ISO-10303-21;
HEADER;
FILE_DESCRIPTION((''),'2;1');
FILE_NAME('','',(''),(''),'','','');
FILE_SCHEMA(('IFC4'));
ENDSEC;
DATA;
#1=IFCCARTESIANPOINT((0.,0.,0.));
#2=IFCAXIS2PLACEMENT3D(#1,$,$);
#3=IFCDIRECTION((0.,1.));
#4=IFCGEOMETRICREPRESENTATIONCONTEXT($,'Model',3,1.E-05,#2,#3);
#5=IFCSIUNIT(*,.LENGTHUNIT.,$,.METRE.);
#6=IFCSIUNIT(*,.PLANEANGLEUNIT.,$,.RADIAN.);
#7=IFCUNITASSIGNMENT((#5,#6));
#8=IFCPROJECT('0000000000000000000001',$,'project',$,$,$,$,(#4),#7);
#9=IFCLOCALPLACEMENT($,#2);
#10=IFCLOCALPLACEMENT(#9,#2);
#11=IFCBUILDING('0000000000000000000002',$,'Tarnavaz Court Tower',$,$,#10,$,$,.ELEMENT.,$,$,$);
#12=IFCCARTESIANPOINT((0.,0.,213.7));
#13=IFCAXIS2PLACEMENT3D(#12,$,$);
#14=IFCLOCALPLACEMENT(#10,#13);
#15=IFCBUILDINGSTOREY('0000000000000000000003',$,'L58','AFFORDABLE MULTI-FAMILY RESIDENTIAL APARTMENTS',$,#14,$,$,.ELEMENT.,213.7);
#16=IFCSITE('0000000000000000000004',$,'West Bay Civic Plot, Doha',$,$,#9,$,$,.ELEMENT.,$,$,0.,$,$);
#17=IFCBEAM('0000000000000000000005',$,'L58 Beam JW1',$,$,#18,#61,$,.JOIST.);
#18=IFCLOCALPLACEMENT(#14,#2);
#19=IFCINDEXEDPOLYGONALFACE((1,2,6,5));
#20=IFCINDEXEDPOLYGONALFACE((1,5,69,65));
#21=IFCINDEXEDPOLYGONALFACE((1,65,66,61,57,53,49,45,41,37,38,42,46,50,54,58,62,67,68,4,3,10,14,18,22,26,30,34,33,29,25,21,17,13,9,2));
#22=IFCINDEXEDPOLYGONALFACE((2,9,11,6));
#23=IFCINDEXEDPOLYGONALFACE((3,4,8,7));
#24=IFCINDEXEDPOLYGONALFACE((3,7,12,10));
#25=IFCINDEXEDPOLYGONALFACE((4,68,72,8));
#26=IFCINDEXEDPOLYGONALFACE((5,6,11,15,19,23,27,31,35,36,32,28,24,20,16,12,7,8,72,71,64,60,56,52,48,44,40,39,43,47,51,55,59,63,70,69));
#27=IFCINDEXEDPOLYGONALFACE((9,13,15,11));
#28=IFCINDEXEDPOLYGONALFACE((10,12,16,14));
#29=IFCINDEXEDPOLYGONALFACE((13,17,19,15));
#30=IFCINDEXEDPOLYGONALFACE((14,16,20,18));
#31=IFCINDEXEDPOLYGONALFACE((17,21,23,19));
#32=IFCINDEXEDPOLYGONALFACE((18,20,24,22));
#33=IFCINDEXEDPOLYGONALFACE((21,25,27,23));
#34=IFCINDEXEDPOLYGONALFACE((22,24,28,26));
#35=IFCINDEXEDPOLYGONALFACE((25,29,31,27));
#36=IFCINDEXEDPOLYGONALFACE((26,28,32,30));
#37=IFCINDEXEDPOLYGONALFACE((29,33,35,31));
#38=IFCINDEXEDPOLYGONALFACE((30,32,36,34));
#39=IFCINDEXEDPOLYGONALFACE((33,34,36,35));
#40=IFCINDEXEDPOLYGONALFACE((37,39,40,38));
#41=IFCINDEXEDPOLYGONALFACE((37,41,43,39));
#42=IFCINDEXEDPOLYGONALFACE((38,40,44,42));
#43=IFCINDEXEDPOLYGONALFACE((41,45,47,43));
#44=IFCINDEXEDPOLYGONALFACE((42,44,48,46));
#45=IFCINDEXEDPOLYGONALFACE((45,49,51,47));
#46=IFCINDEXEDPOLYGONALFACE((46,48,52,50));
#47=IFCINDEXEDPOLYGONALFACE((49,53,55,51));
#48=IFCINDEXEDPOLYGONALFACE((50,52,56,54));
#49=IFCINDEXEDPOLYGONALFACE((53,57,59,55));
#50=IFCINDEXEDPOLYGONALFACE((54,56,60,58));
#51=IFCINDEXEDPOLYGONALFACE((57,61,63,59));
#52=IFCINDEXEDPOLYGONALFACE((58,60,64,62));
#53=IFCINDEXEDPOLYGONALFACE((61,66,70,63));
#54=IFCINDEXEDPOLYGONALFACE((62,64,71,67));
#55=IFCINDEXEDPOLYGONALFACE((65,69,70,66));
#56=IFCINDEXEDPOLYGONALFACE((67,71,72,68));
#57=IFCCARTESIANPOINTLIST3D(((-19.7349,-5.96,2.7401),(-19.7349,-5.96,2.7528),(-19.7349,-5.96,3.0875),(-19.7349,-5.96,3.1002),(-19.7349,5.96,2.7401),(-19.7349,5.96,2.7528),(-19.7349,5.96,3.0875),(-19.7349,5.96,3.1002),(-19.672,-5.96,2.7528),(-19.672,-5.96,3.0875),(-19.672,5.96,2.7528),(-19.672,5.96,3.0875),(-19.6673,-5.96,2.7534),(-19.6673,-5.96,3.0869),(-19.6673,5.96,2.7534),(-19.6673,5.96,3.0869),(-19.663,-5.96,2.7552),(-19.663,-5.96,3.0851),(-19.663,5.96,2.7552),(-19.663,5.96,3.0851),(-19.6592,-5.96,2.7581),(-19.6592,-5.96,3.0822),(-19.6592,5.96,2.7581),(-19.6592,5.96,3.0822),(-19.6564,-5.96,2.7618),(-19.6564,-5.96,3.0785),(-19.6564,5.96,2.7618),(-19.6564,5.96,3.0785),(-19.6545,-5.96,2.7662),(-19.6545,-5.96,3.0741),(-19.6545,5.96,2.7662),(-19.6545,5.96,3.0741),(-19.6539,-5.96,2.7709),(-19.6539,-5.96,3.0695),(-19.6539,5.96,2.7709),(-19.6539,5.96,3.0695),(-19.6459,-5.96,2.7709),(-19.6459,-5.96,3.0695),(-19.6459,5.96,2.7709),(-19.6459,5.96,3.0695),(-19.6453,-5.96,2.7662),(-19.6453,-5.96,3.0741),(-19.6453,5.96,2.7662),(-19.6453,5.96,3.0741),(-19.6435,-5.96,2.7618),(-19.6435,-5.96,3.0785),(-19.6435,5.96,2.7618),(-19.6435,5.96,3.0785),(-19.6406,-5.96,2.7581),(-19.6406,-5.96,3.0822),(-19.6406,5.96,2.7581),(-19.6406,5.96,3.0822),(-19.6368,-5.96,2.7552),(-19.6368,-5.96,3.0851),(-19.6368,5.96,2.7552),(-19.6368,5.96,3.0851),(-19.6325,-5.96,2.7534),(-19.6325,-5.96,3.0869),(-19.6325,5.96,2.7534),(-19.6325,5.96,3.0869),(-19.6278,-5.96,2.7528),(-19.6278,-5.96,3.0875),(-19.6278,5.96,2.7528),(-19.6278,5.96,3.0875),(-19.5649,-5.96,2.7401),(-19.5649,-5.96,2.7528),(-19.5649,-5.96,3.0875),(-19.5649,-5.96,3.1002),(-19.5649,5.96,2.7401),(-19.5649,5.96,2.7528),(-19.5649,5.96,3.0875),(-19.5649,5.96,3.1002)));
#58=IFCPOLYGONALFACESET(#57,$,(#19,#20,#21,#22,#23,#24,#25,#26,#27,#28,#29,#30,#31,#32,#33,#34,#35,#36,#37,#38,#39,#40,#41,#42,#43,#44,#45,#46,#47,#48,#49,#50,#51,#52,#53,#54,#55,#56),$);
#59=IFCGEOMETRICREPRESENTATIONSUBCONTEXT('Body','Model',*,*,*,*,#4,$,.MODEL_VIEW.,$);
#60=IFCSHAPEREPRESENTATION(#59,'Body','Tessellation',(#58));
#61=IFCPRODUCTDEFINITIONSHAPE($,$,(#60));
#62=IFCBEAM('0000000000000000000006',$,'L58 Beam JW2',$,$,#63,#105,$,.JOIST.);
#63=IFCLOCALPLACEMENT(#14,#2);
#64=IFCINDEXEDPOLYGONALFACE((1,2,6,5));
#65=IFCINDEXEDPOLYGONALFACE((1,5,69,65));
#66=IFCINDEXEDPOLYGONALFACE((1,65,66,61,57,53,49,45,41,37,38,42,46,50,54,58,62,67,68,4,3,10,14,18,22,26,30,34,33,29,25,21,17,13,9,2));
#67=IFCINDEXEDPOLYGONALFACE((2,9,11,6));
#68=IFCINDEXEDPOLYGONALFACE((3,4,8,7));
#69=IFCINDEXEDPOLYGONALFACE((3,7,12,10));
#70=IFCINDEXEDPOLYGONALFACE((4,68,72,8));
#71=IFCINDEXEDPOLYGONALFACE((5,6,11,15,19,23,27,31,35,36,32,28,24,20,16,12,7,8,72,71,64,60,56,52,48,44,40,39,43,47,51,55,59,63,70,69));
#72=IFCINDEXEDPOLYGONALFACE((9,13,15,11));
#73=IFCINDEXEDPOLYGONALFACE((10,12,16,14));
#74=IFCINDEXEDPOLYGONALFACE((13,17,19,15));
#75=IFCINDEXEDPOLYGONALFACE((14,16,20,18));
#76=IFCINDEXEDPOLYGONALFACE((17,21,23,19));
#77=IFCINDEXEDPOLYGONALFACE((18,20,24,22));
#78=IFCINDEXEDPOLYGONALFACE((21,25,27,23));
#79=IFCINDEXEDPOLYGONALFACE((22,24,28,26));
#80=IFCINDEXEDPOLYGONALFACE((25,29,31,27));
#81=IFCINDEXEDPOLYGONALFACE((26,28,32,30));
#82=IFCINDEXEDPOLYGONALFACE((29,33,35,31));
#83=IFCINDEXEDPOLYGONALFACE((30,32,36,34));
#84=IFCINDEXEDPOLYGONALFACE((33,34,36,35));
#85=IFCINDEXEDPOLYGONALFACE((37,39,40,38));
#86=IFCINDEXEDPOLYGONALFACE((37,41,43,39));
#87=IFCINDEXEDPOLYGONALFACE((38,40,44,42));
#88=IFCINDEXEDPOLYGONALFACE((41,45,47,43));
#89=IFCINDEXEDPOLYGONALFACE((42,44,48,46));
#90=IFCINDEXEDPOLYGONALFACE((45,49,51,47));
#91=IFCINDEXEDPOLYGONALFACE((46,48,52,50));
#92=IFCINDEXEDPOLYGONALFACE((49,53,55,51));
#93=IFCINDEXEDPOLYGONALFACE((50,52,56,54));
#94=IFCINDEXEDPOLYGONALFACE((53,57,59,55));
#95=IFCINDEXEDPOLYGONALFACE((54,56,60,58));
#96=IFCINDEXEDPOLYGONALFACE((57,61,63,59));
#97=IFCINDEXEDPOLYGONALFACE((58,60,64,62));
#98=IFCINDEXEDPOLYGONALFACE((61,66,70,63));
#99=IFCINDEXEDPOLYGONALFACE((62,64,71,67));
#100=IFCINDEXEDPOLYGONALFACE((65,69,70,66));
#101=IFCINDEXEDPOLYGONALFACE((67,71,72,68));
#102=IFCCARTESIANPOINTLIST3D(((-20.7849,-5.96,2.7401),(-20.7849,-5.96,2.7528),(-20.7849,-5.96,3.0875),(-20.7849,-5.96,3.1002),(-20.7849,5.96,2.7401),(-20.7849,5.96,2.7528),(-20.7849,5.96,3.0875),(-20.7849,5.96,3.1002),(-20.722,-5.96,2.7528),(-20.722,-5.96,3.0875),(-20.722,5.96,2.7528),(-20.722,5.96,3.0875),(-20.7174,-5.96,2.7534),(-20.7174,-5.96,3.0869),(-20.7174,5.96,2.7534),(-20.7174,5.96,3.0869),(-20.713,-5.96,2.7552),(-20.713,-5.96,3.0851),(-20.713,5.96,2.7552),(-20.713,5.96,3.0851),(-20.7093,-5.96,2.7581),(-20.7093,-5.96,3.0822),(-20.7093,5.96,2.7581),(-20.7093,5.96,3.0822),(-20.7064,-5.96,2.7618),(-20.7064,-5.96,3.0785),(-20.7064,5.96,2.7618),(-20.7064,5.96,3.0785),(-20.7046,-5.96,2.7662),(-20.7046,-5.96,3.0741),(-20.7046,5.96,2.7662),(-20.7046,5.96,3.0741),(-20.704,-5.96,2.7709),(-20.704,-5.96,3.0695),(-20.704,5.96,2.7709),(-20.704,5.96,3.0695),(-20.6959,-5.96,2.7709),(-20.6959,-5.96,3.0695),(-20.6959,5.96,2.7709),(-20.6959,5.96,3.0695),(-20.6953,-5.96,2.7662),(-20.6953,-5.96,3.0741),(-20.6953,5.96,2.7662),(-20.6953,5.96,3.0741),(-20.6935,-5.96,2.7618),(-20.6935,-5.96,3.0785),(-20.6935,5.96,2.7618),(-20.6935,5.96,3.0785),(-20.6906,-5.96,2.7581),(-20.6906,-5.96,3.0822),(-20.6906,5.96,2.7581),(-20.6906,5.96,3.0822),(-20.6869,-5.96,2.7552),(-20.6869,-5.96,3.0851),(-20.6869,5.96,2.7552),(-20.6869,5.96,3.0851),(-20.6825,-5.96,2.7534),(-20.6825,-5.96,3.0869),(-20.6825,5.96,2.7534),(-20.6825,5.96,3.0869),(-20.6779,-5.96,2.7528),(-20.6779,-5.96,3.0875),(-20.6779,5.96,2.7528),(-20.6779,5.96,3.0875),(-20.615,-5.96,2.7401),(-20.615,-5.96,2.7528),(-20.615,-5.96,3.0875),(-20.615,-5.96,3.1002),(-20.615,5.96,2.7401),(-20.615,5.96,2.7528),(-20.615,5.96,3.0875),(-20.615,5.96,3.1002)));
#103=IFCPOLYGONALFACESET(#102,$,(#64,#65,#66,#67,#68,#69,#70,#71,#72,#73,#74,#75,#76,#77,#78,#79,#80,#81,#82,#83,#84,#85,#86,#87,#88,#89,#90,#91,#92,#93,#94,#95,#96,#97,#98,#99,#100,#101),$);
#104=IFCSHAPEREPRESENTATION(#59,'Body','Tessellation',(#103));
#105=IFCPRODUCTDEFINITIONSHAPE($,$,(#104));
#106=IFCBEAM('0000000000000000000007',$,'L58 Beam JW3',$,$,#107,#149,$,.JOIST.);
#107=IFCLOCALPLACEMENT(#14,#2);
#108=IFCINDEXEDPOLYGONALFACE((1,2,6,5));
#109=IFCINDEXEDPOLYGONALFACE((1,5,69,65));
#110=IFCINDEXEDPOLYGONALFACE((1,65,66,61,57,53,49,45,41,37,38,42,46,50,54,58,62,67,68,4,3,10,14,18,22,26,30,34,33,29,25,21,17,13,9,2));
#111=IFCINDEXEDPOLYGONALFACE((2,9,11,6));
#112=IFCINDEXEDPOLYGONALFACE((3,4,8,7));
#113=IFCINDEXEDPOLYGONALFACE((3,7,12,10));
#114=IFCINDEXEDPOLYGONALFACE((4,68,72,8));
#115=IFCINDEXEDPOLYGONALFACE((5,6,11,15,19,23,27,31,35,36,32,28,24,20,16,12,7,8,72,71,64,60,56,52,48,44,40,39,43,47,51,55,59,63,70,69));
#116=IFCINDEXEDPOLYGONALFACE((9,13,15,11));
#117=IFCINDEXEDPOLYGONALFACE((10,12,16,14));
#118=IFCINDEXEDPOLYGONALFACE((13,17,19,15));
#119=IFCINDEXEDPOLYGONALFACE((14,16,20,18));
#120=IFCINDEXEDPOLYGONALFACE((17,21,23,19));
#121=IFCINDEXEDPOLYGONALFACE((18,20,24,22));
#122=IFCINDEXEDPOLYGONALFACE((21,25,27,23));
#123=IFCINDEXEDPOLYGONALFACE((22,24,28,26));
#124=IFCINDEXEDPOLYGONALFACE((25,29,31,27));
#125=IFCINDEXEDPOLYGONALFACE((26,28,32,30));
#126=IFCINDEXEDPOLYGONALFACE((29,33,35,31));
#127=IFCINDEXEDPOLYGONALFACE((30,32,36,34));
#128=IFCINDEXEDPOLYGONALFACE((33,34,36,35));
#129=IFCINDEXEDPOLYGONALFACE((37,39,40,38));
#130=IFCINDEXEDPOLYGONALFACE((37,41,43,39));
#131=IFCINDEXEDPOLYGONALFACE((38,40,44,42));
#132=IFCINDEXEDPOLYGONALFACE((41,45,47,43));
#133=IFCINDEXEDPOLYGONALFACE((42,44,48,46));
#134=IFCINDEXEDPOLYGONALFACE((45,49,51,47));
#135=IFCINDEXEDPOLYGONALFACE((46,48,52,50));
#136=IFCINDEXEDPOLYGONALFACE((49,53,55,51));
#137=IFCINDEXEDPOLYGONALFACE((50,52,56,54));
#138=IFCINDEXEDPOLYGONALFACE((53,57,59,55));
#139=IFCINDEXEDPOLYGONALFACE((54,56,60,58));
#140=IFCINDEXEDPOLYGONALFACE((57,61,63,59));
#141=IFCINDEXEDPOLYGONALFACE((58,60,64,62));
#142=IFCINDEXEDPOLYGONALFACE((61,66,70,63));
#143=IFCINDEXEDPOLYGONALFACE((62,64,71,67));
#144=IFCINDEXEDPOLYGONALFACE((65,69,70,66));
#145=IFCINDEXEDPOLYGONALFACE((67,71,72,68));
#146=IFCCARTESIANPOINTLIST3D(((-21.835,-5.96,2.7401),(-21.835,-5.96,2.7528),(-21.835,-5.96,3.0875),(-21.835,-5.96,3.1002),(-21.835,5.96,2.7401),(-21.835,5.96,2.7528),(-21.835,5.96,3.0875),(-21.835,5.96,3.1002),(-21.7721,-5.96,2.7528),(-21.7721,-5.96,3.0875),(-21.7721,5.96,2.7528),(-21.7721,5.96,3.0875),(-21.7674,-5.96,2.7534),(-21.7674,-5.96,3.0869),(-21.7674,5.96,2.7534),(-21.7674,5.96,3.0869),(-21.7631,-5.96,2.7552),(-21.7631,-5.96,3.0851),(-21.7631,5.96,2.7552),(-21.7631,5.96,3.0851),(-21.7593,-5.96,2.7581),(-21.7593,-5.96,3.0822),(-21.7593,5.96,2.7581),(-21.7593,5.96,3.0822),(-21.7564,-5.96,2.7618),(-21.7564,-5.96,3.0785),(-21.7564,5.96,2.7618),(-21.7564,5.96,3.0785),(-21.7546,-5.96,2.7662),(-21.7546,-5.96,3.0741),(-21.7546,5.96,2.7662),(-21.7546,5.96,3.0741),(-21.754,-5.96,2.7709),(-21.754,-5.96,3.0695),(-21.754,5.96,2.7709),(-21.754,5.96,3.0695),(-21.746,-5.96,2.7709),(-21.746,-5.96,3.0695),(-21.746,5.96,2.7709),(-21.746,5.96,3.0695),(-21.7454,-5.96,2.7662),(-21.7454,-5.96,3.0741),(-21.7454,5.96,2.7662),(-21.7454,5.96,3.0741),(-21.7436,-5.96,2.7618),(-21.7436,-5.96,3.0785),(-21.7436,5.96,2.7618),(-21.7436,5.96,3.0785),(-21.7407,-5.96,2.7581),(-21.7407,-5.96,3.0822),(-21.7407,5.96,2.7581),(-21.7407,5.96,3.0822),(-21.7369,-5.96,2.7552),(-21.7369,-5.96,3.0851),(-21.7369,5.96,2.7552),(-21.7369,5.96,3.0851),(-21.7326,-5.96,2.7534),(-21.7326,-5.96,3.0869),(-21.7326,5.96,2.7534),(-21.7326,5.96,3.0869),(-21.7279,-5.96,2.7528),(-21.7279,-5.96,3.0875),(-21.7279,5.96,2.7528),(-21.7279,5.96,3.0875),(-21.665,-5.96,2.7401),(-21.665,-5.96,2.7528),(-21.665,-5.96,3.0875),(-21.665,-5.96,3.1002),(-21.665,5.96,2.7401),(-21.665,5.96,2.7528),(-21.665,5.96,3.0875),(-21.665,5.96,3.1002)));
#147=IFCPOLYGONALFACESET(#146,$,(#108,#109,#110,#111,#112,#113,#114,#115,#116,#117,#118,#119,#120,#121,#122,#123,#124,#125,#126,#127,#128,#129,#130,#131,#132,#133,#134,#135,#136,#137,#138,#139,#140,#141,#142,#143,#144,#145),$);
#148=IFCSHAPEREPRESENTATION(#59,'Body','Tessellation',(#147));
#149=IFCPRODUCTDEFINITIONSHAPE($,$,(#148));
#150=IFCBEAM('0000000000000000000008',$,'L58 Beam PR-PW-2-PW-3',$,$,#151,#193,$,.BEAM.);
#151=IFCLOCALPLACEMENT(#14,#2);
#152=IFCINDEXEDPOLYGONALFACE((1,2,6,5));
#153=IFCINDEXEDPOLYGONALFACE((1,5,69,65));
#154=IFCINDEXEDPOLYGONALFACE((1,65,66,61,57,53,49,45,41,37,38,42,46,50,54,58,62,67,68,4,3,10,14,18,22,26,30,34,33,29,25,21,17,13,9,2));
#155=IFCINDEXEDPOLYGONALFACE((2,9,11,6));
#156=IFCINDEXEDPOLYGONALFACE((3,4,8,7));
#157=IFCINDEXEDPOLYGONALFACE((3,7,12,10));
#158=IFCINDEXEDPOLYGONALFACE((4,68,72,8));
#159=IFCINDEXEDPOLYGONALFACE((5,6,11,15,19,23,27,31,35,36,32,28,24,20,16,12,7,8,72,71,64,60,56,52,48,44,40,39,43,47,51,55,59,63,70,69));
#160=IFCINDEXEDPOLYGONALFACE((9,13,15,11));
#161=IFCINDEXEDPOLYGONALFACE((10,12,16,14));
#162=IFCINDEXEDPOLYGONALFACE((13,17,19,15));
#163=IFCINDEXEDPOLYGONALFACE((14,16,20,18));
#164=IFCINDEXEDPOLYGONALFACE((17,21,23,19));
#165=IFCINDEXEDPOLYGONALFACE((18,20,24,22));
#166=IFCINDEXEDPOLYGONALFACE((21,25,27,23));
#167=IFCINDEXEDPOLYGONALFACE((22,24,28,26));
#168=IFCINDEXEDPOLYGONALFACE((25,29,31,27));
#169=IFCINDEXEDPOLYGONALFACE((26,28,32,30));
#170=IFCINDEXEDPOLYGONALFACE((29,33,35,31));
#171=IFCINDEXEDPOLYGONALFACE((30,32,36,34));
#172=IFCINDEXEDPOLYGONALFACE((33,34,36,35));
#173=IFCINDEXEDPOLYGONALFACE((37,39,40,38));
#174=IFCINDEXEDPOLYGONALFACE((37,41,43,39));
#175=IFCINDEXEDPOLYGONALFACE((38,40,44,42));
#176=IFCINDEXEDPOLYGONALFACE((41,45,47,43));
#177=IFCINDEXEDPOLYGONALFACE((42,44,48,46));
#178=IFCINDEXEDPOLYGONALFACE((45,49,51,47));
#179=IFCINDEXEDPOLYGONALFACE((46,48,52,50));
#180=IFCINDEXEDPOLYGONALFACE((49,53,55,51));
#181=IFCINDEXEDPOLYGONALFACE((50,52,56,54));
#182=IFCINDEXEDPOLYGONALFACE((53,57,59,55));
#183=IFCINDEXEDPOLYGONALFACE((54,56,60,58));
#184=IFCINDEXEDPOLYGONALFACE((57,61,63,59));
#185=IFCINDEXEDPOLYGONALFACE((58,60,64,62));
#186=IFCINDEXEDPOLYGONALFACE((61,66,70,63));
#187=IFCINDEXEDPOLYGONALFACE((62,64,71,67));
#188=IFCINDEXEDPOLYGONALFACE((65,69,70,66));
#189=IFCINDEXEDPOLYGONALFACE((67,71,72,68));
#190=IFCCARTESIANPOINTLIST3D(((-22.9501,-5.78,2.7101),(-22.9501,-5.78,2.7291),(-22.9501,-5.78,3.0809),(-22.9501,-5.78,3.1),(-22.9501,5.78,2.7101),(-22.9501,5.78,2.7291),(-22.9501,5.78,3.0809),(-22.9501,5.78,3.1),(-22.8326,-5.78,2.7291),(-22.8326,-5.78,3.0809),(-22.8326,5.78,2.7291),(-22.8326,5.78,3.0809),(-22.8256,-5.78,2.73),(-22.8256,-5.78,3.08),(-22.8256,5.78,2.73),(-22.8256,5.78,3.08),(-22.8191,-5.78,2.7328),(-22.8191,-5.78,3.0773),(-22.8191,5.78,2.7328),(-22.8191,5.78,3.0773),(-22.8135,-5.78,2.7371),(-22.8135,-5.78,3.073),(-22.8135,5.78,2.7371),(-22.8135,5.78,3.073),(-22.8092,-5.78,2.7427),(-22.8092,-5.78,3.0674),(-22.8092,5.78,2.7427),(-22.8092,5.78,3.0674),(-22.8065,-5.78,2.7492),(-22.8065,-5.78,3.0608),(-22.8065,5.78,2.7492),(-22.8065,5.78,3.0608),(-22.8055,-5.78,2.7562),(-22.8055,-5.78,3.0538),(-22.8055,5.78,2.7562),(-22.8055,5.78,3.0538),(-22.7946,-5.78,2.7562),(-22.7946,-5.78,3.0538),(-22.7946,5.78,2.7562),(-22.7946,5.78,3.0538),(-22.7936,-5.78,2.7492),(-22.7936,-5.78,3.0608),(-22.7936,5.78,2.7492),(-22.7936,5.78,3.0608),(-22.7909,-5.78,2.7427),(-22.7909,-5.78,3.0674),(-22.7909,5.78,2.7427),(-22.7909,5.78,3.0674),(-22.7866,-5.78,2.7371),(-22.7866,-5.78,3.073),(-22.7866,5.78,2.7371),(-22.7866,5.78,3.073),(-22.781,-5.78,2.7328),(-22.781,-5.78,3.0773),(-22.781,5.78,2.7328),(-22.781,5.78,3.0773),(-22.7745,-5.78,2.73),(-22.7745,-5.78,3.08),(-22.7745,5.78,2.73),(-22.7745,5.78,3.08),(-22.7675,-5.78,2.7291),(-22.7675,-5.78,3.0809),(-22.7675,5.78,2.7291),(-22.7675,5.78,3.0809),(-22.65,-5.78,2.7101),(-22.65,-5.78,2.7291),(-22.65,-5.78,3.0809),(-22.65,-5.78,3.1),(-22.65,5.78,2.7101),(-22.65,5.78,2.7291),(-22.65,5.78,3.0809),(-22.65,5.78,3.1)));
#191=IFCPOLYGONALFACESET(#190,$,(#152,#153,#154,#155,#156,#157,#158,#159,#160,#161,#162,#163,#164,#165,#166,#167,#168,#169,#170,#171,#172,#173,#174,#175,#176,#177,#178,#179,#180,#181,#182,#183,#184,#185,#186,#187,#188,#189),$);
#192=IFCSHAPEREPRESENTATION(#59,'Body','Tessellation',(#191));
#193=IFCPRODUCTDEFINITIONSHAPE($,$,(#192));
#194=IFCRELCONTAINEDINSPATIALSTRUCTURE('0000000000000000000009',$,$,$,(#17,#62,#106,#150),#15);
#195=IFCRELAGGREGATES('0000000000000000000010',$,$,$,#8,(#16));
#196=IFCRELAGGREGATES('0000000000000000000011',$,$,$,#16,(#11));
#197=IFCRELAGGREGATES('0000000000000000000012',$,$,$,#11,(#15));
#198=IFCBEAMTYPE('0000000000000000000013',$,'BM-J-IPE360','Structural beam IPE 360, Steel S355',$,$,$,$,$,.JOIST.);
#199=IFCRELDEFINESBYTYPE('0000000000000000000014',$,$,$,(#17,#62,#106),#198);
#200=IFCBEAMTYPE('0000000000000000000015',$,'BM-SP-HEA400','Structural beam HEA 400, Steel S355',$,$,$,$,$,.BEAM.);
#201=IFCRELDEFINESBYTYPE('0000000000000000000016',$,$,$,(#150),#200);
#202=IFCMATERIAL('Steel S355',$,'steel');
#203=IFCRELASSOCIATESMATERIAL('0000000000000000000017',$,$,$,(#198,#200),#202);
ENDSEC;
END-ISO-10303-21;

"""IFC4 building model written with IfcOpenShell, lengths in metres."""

from ifc_helpers import new_model, si_unit, direction, frame, origin, origin_2d, place, context, subcontext, project, spatial, i_section, extrude, material, material_profile, profile_set, type_object, element, save


model = new_model("IFC4")

# Units and contexts
model_context = context("Model", 3, precision=1e-05, world=origin(), true_north=direction((0.0, 1.0)))
body_context = subcontext(model_context, "Body", "Model", "MODEL_VIEW")
ifc_project = project(units=[si_unit("LENGTHUNIT", "METRE"), si_unit("PLANEANGLEUNIT", "RADIAN")], contexts=[model_context])

# Site, building, storey
site_placement = place(None, origin())
site = spatial("IfcSite", under=ifc_project, at=site_placement, Name="West Bay Civic Plot, Doha", CompositionType="ELEMENT", RefElevation=0.0)
building_placement = place(site_placement, origin())
building = spatial("IfcBuilding", under=site, at=building_placement, Name="Tarnavaz Court Tower", CompositionType="ELEMENT")
storey_placement = place(building_placement, frame((0.0, 0.0, 213.7)))
storey = spatial("IfcBuildingStorey", under=building, at=storey_placement, Name="L58", Description="AFFORDABLE MULTI-FAMILY RESIDENTIAL APARTMENTS", CompositionType="ELEMENT", Elevation=213.7)

# Beams
ifc_material_1 = material(Name="Steel S355", Category="steel")
ifc_material_profile_1 = material_profile(ifc_material_1, i_section(OverallWidth=0.1699, OverallDepth=0.3601, WebThickness=0.0081, FlangeThickness=0.0127, FilletRadius=0.0181, at=origin_2d()), Name="IPE 360")
ifc_profile_set_1 = profile_set([ifc_material_profile_1], Name="Steel S355")
beam_type_1 = type_object("IfcBeamType", Name="BM-J-IPE360", Description="Structural beam IPE 360, Steel S355", PredefinedType="JOIST", material=ifc_profile_set_1)
for number, where, z_axis, x_axis, name in (
    (1, (-19.6499, -5.96, 2.9202), (0.0, 1.0, 0.0), (-1.0, 0.0, 0.0), "L58 Beam JW1"),
    (2, (-20.7, -5.96, 2.9202), (0.0, 1.0, 0.0), (-1.0, 0.0, 0.0), "L58 Beam JW2"),
    (3, (-21.75, -5.96, 2.9202), (0.0, 1.0, 0.0), (-1.0, 0.0, 0.0), "L58 Beam JW3"),
):
    element("IfcBeam", number, at=place(storey_placement, frame(where, z_axis=z_axis, x_axis=x_axis)), inside=storey, type_object=beam_type_1, Name=name, PredefinedType="JOIST", context=body_context, shape_type="SweptSolid", body=[
        extrude(i_section(OverallWidth=0.1699, OverallDepth=0.3601, WebThickness=0.0081, FlangeThickness=0.0127, FilletRadius=0.0181, at=origin_2d()), origin(), (0.0, 0.0, 1.0), 11.9199),
    ])
ifc_material_profile_2 = material_profile(ifc_material_1, i_section(OverallWidth=0.3, OverallDepth=0.3899, WebThickness=0.011, FlangeThickness=0.019, FilletRadius=0.0271, at=origin_2d()), Name="HEA 400")
ifc_profile_set_2 = profile_set([ifc_material_profile_2], Name="Steel S355")
beam_type_2 = type_object("IfcBeamType", Name="BM-SP-HEA400", Description="Structural beam HEA 400, Steel S355", PredefinedType="BEAM", material=ifc_profile_set_2)
beam_1_placement = place(storey_placement, frame((-22.8, -5.78, 2.905), z_axis=(0.0, 1.0, 0.0), x_axis=(-1.0, 0.0, 0.0)))
element("IfcBeam", 4, at=beam_1_placement, inside=storey, type_object=beam_type_2, Name="L58 Beam PR-PW-2-PW-3", PredefinedType="BEAM", context=body_context, shape_type="SweptSolid", body=[
    extrude(i_section(OverallWidth=0.3, OverallDepth=0.3899, WebThickness=0.011, FlangeThickness=0.019, FilletRadius=0.0271, at=origin_2d()), origin(), (0.0, 0.0, 1.0), 11.5601),
])

save(model, "model.ifc")
